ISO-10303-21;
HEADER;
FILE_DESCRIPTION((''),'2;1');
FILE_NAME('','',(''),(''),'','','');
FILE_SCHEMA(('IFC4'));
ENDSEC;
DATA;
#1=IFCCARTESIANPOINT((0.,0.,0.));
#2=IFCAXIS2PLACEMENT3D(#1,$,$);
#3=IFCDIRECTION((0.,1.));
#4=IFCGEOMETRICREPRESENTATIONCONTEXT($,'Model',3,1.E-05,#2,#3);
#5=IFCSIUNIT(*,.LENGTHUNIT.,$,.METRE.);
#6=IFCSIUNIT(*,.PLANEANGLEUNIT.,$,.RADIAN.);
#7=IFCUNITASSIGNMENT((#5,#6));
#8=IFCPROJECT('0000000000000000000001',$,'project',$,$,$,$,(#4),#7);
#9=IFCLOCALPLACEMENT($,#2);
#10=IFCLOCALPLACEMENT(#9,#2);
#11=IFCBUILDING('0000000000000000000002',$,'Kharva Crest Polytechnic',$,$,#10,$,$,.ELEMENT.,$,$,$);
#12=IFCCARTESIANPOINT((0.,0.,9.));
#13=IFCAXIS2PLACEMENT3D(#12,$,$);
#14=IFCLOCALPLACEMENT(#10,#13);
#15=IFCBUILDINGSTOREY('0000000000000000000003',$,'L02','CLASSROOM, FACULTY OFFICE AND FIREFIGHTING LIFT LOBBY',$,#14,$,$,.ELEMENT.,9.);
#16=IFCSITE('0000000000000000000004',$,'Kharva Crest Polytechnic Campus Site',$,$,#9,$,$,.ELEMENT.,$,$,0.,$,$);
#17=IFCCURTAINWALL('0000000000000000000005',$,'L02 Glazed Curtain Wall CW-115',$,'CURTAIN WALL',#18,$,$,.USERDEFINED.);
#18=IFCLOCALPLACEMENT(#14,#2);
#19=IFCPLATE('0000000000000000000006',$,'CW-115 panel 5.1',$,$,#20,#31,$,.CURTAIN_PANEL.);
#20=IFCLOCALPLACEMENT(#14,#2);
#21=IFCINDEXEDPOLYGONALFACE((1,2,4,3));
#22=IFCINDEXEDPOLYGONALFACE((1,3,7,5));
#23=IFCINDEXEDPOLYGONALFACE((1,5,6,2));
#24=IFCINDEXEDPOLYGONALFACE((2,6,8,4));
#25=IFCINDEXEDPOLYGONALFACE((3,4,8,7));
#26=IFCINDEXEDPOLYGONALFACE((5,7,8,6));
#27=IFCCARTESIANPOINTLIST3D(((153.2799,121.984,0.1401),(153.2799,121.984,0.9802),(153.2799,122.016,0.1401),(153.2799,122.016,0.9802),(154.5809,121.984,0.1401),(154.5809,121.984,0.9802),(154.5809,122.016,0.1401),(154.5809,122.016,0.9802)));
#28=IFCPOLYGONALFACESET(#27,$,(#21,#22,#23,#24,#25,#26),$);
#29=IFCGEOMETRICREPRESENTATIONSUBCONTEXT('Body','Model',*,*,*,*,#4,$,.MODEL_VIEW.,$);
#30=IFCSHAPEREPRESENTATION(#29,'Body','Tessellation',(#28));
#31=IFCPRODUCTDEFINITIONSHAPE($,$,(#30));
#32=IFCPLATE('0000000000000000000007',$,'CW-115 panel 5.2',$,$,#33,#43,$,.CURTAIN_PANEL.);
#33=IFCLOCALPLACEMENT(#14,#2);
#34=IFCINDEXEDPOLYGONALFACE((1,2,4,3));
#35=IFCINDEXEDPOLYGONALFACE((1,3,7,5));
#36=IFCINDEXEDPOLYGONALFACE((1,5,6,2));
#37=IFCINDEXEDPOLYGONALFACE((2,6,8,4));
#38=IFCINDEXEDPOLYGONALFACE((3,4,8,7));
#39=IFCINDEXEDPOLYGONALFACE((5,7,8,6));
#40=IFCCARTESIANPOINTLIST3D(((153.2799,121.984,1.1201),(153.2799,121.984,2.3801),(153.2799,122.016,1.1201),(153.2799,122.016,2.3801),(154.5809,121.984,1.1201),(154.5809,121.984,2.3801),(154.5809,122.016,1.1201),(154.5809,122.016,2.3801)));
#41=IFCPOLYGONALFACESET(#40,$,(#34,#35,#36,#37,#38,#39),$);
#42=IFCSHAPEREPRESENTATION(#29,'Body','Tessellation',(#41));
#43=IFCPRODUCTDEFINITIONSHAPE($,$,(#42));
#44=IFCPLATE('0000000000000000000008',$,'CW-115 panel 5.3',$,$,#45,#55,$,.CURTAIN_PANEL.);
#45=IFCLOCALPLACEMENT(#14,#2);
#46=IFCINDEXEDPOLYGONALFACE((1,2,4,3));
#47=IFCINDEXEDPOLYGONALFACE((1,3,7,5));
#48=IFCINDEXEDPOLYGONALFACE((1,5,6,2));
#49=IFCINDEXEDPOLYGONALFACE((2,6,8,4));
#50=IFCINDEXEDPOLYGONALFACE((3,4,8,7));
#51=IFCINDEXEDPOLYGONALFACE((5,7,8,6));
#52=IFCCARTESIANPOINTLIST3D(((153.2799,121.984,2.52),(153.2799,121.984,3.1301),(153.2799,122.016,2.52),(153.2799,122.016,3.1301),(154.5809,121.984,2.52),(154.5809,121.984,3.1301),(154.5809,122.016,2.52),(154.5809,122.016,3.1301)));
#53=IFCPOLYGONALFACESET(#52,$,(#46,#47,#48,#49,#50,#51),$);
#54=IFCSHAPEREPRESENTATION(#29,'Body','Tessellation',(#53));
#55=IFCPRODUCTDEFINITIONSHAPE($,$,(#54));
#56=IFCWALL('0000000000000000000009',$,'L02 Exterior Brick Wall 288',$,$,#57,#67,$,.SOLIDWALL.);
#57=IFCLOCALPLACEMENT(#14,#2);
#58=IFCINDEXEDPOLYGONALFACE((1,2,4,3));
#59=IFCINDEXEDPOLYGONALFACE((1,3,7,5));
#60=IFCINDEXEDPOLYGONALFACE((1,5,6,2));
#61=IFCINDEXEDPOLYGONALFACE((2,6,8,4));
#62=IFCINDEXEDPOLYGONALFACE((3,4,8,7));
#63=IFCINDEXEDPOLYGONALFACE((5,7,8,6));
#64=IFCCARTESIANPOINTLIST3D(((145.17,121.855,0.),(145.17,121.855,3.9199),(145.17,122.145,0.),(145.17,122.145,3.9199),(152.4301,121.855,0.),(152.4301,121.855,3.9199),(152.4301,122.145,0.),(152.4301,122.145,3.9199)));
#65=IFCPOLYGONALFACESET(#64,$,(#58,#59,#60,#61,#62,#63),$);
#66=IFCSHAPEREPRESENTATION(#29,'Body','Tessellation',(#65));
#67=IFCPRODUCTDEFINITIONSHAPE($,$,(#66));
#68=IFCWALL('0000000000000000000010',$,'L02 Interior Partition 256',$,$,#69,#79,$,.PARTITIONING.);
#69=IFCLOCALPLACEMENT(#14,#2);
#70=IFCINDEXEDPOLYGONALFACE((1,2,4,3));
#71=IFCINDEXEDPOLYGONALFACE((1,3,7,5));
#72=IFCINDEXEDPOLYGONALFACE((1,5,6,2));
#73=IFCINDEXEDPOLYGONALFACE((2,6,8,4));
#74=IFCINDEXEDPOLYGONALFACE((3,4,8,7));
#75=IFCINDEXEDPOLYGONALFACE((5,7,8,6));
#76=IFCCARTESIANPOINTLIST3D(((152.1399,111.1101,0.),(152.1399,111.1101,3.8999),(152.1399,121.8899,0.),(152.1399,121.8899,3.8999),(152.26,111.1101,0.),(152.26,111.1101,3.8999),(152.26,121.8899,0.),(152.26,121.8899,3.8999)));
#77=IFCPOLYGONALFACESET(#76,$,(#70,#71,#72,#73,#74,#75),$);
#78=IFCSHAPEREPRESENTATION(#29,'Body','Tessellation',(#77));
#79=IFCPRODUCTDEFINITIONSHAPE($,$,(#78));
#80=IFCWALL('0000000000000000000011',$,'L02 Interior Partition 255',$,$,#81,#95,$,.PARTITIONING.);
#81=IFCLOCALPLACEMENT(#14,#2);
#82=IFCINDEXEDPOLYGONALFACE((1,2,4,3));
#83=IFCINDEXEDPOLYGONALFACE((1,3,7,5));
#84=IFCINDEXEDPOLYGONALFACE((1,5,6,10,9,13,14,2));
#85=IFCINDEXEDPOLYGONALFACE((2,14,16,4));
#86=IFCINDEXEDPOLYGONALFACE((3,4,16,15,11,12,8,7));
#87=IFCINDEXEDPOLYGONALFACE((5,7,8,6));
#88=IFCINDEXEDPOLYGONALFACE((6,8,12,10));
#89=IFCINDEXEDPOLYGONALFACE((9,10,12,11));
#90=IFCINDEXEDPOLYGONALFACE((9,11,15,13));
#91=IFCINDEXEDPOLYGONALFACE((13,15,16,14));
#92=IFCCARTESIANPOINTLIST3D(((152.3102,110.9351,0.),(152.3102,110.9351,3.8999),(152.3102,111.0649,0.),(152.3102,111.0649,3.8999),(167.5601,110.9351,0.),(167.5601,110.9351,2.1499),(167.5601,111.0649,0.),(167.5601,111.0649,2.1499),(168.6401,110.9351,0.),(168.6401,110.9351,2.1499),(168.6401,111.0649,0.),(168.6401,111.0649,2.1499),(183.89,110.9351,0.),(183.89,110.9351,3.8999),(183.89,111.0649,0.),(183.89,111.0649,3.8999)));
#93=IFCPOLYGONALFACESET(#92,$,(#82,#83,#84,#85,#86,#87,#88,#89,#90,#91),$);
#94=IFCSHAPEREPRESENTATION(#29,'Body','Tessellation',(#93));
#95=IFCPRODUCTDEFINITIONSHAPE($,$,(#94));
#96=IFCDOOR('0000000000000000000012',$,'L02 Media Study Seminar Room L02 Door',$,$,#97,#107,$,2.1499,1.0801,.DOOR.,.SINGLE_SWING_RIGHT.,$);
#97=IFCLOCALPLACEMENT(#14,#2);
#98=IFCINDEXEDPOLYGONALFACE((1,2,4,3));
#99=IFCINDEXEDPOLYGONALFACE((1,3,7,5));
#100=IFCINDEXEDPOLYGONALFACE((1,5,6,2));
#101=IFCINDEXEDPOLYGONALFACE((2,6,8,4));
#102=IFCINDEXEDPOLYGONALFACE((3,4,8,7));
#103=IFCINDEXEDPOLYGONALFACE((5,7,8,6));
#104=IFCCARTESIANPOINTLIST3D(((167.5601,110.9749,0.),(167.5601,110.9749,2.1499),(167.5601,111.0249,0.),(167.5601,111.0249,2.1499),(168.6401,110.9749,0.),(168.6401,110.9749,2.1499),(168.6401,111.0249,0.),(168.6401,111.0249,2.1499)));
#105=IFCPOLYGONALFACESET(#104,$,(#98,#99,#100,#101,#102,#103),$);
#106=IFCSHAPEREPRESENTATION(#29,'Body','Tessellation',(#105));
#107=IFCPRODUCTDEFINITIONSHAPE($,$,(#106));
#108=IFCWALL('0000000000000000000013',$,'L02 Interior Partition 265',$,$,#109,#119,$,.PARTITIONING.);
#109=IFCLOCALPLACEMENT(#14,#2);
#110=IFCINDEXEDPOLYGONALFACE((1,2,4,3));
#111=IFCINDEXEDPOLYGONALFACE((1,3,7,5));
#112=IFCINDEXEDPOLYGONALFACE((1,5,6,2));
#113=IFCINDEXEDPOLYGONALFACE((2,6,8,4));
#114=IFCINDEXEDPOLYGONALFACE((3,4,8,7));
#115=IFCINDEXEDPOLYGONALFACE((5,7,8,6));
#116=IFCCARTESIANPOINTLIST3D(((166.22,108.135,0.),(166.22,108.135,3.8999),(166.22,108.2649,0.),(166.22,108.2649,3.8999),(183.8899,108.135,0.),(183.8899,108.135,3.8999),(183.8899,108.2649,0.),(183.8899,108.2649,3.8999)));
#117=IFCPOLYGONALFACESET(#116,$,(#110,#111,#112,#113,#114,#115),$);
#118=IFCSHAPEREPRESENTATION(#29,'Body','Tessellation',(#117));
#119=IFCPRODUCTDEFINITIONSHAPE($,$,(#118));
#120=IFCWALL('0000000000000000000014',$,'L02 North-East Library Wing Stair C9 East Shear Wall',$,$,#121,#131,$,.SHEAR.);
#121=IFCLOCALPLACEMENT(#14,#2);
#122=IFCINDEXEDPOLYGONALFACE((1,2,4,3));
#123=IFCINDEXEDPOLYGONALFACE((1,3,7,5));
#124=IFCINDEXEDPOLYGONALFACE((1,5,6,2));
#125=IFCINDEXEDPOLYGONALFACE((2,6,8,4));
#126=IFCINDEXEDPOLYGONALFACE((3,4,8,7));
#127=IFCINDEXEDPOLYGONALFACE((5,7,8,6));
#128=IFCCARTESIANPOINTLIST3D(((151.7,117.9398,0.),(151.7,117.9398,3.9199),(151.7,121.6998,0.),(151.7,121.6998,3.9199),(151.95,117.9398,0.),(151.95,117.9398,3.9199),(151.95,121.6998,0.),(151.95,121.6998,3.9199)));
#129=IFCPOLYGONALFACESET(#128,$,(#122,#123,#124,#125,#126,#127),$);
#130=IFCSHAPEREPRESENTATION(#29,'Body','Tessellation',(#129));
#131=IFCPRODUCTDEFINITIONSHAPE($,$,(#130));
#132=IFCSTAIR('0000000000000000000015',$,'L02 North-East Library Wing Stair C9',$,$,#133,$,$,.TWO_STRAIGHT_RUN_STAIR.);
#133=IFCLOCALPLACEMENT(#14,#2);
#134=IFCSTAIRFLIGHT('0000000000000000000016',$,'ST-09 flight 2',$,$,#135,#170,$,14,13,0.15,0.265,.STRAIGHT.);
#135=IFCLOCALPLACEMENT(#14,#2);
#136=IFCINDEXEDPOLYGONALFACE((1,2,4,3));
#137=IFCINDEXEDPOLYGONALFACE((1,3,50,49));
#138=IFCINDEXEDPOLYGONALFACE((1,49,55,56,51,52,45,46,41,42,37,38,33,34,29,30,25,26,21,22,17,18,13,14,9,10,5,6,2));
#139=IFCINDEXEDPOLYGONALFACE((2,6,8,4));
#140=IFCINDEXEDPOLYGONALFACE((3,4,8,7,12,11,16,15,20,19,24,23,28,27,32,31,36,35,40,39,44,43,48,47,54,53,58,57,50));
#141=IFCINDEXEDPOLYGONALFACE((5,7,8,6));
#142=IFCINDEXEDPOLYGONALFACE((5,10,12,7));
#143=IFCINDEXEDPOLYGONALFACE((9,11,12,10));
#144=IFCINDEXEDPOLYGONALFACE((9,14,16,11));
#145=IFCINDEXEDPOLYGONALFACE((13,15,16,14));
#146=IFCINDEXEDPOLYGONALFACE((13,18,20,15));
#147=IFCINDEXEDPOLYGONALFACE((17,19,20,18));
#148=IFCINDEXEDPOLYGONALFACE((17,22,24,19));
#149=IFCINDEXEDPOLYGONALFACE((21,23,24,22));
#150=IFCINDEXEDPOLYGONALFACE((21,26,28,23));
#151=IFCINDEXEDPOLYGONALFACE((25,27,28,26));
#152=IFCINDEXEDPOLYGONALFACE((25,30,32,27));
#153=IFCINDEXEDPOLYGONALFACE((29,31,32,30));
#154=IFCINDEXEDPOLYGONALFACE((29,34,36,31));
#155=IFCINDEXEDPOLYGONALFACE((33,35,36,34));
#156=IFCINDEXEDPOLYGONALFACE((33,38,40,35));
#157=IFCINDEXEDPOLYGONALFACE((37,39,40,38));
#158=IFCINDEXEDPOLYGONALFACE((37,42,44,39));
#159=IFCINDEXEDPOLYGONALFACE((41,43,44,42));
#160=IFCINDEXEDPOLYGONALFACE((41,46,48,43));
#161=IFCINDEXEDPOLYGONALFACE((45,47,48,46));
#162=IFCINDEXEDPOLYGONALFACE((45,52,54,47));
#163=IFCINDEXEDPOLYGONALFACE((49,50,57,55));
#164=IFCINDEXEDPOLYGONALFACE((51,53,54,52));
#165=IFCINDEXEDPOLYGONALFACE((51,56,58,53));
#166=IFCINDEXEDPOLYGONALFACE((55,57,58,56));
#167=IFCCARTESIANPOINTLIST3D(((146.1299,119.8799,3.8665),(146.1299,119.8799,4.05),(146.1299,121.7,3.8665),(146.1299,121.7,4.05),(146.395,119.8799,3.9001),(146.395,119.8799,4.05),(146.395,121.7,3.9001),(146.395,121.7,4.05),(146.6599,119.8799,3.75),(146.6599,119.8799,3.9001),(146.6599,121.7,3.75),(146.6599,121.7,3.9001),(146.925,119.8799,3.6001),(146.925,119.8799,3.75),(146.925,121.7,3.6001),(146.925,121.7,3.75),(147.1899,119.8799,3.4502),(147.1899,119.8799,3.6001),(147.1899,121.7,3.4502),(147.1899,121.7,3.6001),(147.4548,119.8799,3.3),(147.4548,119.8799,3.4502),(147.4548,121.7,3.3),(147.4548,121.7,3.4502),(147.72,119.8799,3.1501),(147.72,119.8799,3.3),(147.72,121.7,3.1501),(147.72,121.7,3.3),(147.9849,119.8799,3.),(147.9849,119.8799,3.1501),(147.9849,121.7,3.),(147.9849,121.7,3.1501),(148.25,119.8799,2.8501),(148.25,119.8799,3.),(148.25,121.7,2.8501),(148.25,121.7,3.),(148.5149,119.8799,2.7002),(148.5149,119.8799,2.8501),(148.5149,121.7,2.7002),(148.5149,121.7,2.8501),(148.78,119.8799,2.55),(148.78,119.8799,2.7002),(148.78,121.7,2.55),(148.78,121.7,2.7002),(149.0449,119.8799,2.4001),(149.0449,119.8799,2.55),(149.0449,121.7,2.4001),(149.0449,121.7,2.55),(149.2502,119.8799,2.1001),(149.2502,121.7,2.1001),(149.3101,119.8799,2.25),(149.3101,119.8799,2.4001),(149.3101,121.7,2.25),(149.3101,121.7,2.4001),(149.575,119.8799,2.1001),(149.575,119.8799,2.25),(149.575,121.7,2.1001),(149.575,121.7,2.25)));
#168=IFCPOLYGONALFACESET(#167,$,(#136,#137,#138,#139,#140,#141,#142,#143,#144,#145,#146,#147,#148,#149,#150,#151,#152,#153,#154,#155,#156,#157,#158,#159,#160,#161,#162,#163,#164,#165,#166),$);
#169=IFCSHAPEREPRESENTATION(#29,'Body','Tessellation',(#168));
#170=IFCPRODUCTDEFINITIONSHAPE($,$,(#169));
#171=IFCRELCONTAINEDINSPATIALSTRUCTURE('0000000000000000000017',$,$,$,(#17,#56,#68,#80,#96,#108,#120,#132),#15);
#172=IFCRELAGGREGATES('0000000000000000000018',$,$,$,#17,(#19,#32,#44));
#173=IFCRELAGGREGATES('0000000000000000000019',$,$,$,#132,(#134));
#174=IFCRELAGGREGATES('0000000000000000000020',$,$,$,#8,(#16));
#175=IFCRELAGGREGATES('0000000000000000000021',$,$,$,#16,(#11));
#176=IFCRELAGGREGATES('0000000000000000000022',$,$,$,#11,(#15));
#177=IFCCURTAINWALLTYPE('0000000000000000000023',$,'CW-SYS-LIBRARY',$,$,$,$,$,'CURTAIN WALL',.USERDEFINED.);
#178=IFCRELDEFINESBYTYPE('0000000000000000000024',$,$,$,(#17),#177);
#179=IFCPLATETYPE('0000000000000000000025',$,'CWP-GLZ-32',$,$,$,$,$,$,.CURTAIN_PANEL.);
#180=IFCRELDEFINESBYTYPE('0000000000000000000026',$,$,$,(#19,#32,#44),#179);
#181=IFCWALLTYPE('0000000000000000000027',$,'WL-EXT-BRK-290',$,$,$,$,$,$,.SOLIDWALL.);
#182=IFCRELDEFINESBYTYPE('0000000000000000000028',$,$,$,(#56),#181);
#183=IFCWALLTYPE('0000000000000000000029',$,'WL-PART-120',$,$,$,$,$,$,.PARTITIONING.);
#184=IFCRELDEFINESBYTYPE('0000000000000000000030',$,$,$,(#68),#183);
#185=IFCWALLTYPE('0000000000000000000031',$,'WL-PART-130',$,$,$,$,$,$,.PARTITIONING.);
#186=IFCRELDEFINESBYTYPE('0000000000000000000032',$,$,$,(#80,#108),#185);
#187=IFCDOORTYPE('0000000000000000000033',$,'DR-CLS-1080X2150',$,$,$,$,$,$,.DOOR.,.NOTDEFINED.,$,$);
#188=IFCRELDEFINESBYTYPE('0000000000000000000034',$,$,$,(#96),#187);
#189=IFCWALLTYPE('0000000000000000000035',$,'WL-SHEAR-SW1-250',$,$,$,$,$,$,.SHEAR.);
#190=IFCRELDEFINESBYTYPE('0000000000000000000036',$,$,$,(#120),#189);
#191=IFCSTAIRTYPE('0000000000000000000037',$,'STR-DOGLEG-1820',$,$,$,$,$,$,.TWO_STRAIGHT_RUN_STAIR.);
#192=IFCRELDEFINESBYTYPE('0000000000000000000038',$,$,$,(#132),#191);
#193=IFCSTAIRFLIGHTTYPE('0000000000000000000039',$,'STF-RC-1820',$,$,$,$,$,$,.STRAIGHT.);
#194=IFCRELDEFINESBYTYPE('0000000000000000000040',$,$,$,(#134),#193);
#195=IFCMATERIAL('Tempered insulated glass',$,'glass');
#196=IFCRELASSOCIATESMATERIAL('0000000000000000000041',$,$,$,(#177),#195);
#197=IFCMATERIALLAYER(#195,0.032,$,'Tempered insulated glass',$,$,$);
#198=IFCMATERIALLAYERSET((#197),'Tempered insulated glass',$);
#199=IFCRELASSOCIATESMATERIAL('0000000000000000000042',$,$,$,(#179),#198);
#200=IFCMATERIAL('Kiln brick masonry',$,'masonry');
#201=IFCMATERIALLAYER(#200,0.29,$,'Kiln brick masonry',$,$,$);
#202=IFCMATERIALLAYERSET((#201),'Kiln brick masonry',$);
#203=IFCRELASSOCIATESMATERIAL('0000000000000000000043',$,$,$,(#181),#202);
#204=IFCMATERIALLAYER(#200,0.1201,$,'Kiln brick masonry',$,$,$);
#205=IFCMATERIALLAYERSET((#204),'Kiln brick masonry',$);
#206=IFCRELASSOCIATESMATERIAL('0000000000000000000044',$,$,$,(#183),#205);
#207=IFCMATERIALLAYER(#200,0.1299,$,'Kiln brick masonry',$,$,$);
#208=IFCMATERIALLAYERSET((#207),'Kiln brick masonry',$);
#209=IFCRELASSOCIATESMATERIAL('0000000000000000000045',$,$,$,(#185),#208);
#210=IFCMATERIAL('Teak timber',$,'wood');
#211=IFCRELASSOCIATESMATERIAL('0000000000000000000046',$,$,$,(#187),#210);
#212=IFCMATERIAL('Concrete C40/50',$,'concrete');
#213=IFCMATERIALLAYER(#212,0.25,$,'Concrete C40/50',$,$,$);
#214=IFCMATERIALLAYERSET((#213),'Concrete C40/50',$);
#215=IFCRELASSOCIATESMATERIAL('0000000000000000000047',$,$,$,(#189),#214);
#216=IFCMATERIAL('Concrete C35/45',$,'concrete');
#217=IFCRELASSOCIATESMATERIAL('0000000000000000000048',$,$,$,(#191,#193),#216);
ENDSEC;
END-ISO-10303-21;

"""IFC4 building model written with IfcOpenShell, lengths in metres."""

from ifc_helpers import new_model, si_unit, direction, frame, frame_2d, origin, origin_2d, place, context, subcontext, project, spatial, polyline, rectangle, outline, extrude, material, layer, layer_set, type_object, element, fill, aggregate, save


model = new_model("IFC4")

# Units and contexts
model_context = context("Model", 3, precision=1e-05, world=origin(), true_north=direction((0.0, 1.0)))
body_context = subcontext(model_context, "Body", "Model", "MODEL_VIEW")
ifc_project = project(units=[si_unit("LENGTHUNIT", "METRE"), si_unit("PLANEANGLEUNIT", "RADIAN")], contexts=[model_context])

# Site, building, storey
site_placement = place(None, origin())
site = spatial("IfcSite", under=ifc_project, at=site_placement, Name="Kharva Crest Polytechnic Campus Site", CompositionType="ELEMENT", RefElevation=0.0)
building_placement = place(site_placement, origin())
building = spatial("IfcBuilding", under=site, at=building_placement, Name="Kharva Crest Polytechnic", CompositionType="ELEMENT")
storey_placement = place(building_placement, frame((0.0, 0.0, 9.0)))
storey = spatial("IfcBuildingStorey", under=building, at=storey_placement, Name="L02", Description="CLASSROOM, FACULTY OFFICE AND FIREFIGHTING LIFT LOBBY", CompositionType="ELEMENT", Elevation=9.0)

# Shared definitions
ifc_material_1 = material(Name="Concrete C40/50", Category="concrete")

# Shared definitions
ifc_material_2 = material(Name="Concrete C35/45", Category="concrete")

# Curtain wall
ifc_material_3 = material(Name="Tempered insulated glass", Category="glass")
curtain_wall_type = type_object("IfcCurtainWallType", Name="CW-SYS-LIBRARY", ElementType="CURTAIN WALL", PredefinedType="USERDEFINED", material=ifc_material_3)
curtain_wall_placement = place(storey_placement, origin())
curtain_wall = element("IfcCurtainWall", 1, at=curtain_wall_placement, inside=storey, type_object=curtain_wall_type, Name="L02 Glazed Curtain Wall CW-115", ObjectType="CURTAIN WALL", PredefinedType="USERDEFINED")

# Plates
ifc_layer_1 = layer(ifc_material_3, 0.032, Name="Tempered insulated glass")
ifc_layer_set_1 = layer_set([ifc_layer_1], Name="Tempered insulated glass")
plate_type = type_object("IfcPlateType", Name="CWP-GLZ-32", PredefinedType="CURTAIN_PANEL", material=ifc_layer_set_1)
plate_1_placement = place(storey_placement, frame((153.9304, 122.0, 0.1401), z_axis=(0.0, 0.0, 1.0), x_axis=(-1.0, 0.0, 0.0)))
plate_1 = element("IfcPlate", 2, at=plate_1_placement, type_object=plate_type, Name="CW-115 panel 5.1", PredefinedType="CURTAIN_PANEL", context=body_context, shape_type="SweptSolid", body=[
    extrude(rectangle(XDim=1.301, YDim=0.032, at=origin_2d()), origin(), (0.0, 0.0, 1.0), 0.8401),
])
plate_2_placement = place(storey_placement, frame((153.9304, 122.0, 1.1201), z_axis=(0.0, 0.0, 1.0), x_axis=(-1.0, 0.0, 0.0)))
plate_2 = element("IfcPlate", 3, at=plate_2_placement, type_object=plate_type, Name="CW-115 panel 5.2", PredefinedType="CURTAIN_PANEL", context=body_context, shape_type="SweptSolid", body=[
    extrude(rectangle(XDim=1.301, YDim=0.032, at=origin_2d()), origin(), (0.0, 0.0, 1.0), 1.26),
])
plate_3_placement = place(storey_placement, frame((153.9304, 122.0, 2.52), z_axis=(0.0, 0.0, 1.0), x_axis=(-1.0, 0.0, 0.0)))
plate_3 = element("IfcPlate", 4, at=plate_3_placement, type_object=plate_type, Name="CW-115 panel 5.3", PredefinedType="CURTAIN_PANEL", context=body_context, shape_type="SweptSolid", body=[
    extrude(rectangle(XDim=1.301, YDim=0.032, at=origin_2d()), origin(), (0.0, 0.0, 1.0), 0.6101),
])
aggregate(curtain_wall, [plate_1, plate_2, plate_3])

# Walls
ifc_material_4 = material(Name="Kiln brick masonry", Category="masonry")
ifc_layer_2 = layer(ifc_material_4, 0.29, Name="Kiln brick masonry")
ifc_layer_set_2 = layer_set([ifc_layer_2], Name="Kiln brick masonry")
wall_type_1 = type_object("IfcWallType", Name="WL-EXT-BRK-290", PredefinedType="SOLIDWALL", material=ifc_layer_set_2)
wall_1_placement = place(storey_placement, frame((152.4299, 122.0, 0.0), z_axis=(0.0, 0.0, 1.0), x_axis=(-1.0, 0.0, 0.0)))
element("IfcWall", 5, at=wall_1_placement, inside=storey, type_object=wall_type_1, Name="L02 Exterior Brick Wall 288", PredefinedType="SOLIDWALL", context=body_context, shape_type="SweptSolid", body=[
    extrude(rectangle(XDim=7.26, YDim=0.29, at=frame_2d((3.6299, 0.0))), origin(), (0.0, 0.0, 1.0), 3.9199),
])
ifc_layer_3 = layer(ifc_material_4, 0.1201, Name="Kiln brick masonry")
ifc_layer_set_3 = layer_set([ifc_layer_3], Name="Kiln brick masonry")
wall_type_2 = type_object("IfcWallType", Name="WL-PART-120", PredefinedType="PARTITIONING", material=ifc_layer_set_3)
wall_2_placement = place(storey_placement, frame((152.2, 111.1101, 0.0), z_axis=(0.0, 0.0, 1.0), x_axis=(0.0, 1.0, 0.0)))
element("IfcWall", 6, at=wall_2_placement, inside=storey, type_object=wall_type_2, Name="L02 Interior Partition 256", PredefinedType="PARTITIONING", context=body_context, shape_type="SweptSolid", body=[
    extrude(rectangle(XDim=10.7798, YDim=0.1201, at=frame_2d((5.3899, 0.0))), origin(), (0.0, 0.0, 1.0), 3.8999),
])

# Wall, opening, door
ifc_layer_4 = layer(ifc_material_4, 0.1299, Name="Kiln brick masonry")
ifc_layer_set_4 = layer_set([ifc_layer_4], Name="Kiln brick masonry")
wall_type_3 = type_object("IfcWallType", Name="WL-PART-130", PredefinedType="PARTITIONING", material=ifc_layer_set_4)
wall_3_placement = place(storey_placement, frame((152.3101, 111.0, 0.0), z_axis=(0.0, 0.0, 1.0), x_axis=(1.0, 0.0, 0.0)))
wall_3 = element("IfcWall", 7, at=wall_3_placement, inside=storey, type_object=wall_type_3, Name="L02 Interior Partition 255", PredefinedType="PARTITIONING", context=body_context, shape_type="SweptSolid", body=[
    extrude(rectangle(XDim=31.5798, YDim=0.1299, at=frame_2d((15.79, 0.0))), origin(), (0.0, 0.0, 1.0), 3.8999),
])
opening_placement = place(wall_3_placement, frame((15.25, 0.0, 0.0)))
opening = element("IfcOpeningElement", 8, at=opening_placement, cuts=wall_3, PredefinedType="OPENING", context=body_context, shape_type="SweptSolid", body=[
    extrude(rectangle(XDim=1.0801, YDim=2.1499, at=frame_2d((0.54, 1.075))), frame((0.0, 0.075, 0.0), z_axis=(0.0, -1.0, 0.0), x_axis=(1.0, 0.0, 0.0)), (0.0, 0.0, 1.0), 0.1499),
])
ifc_material_5 = material(Name="Teak timber", Category="wood")
door_type = type_object("IfcDoorType", Name="DR-CLS-1080X2150", OperationType="NOTDEFINED", PredefinedType="DOOR", material=ifc_material_5)
door_placement = place(opening_placement, origin())
door = element("IfcDoor", 9, at=door_placement, inside=storey, type_object=door_type, Name="L02 Media Study Seminar Room L02 Door", OperationType="SINGLE_SWING_RIGHT", OverallHeight=2.1499, OverallWidth=1.0801, PredefinedType="DOOR", context=body_context, shape_type="SweptSolid", body=[
    extrude(rectangle(XDim=1.0801, YDim=2.1499, at=frame_2d((0.54, 1.075))), frame((0.0, 0.0249, 0.0), z_axis=(0.0, -1.0, 0.0), x_axis=(1.0, 0.0, 0.0)), (0.0, 0.0, 1.0), 0.05),
])
fill(opening, door)

# Walls
wall_4_placement = place(storey_placement, frame((166.22, 108.2, 0.0), z_axis=(0.0, 0.0, 1.0), x_axis=(1.0, 0.0, 0.0)))
element("IfcWall", 10, at=wall_4_placement, inside=storey, type_object=wall_type_3, Name="L02 Interior Partition 265", PredefinedType="PARTITIONING", context=body_context, shape_type="SweptSolid", body=[
    extrude(rectangle(XDim=17.6699, YDim=0.1299, at=frame_2d((8.835, 0.0))), origin(), (0.0, 0.0, 1.0), 3.8999),
])
ifc_layer_5 = layer(ifc_material_1, 0.25, Name="Concrete C40/50")
ifc_layer_set_5 = layer_set([ifc_layer_5], Name="Concrete C40/50")
wall_type_4 = type_object("IfcWallType", Name="WL-SHEAR-SW1-250", PredefinedType="SHEAR", material=ifc_layer_set_5)
wall_5_placement = place(storey_placement, frame((151.825, 117.9399, 0.0), z_axis=(0.0, 0.0, 1.0), x_axis=(0.0, 1.0, 0.0)))
element("IfcWall", 11, at=wall_5_placement, inside=storey, type_object=wall_type_4, Name="L02 North-East Library Wing Stair C9 East Shear Wall", PredefinedType="SHEAR", context=body_context, shape_type="SweptSolid", body=[
    extrude(rectangle(XDim=3.76, YDim=0.25, at=frame_2d((1.8799, 0.0))), origin(), (0.0, 0.0, 1.0), 3.9199),
])

# Stair, stair flight
stair_type = type_object("IfcStairType", Name="STR-DOGLEG-1820", PredefinedType="TWO_STRAIGHT_RUN_STAIR", material=ifc_material_2)
stair_placement = place(storey_placement, origin())
stair = element("IfcStair", 12, at=stair_placement, inside=storey, type_object=stair_type, Name="L02 North-East Library Wing Stair C9", PredefinedType="TWO_STRAIGHT_RUN_STAIR")
stair_flight_type = type_object("IfcStairFlightType", Name="STF-RC-1820", PredefinedType="STRAIGHT", material=ifc_material_2)
stair_flight_placement = place(storey_placement, frame((149.575, 120.79, 2.1001), z_axis=(0.0, 0.0, 1.0), x_axis=(-1.0, 0.0, 0.0)))
stair_flight = element("IfcStairFlight", 13, at=stair_flight_placement, type_object=stair_flight_type, Name="ST-09 flight 2", NumberOfRisers=14, NumberOfTreads=13, PredefinedType="STRAIGHT", RiserHeight=0.15, TreadLength=0.265, context=body_context, shape_type="SweptSolid", body=[
    extrude(outline(polyline([(0.0, 0.0), (0.0, 0.1499), (0.2649, 0.1499), (0.2649, 0.3), (0.53, 0.3), (0.53, 0.45), (0.7949, 0.45), (0.7949, 0.6001), (1.0601, 0.6001), (1.0601, 0.75), (1.325, 0.75), (1.325, 0.8999), (1.5901, 0.8999), (1.5901, 1.05), (1.855, 1.05), (1.855, 1.2), (2.1201, 1.2), (2.1201, 1.3501), (2.385, 1.3501), (2.385, 1.5), (2.6499, 1.5), (2.6499, 1.6499), (2.915, 1.6499), (2.915, 1.8), (3.1799, 1.8), (3.1799, 1.95), (3.4451, 1.95), (3.4451, 2.1001), (3.4451, 1.7664), (0.3247, 0.0), (0.0, 0.0)])), frame((0.0, 0.9102, 0.0), z_axis=(0.0, -1.0, 0.0), x_axis=(1.0, 0.0, 0.0)), (0.0, 0.0, 1.0), 1.8201),
])
aggregate(stair, [stair_flight])

save(model, "model.ifc")
